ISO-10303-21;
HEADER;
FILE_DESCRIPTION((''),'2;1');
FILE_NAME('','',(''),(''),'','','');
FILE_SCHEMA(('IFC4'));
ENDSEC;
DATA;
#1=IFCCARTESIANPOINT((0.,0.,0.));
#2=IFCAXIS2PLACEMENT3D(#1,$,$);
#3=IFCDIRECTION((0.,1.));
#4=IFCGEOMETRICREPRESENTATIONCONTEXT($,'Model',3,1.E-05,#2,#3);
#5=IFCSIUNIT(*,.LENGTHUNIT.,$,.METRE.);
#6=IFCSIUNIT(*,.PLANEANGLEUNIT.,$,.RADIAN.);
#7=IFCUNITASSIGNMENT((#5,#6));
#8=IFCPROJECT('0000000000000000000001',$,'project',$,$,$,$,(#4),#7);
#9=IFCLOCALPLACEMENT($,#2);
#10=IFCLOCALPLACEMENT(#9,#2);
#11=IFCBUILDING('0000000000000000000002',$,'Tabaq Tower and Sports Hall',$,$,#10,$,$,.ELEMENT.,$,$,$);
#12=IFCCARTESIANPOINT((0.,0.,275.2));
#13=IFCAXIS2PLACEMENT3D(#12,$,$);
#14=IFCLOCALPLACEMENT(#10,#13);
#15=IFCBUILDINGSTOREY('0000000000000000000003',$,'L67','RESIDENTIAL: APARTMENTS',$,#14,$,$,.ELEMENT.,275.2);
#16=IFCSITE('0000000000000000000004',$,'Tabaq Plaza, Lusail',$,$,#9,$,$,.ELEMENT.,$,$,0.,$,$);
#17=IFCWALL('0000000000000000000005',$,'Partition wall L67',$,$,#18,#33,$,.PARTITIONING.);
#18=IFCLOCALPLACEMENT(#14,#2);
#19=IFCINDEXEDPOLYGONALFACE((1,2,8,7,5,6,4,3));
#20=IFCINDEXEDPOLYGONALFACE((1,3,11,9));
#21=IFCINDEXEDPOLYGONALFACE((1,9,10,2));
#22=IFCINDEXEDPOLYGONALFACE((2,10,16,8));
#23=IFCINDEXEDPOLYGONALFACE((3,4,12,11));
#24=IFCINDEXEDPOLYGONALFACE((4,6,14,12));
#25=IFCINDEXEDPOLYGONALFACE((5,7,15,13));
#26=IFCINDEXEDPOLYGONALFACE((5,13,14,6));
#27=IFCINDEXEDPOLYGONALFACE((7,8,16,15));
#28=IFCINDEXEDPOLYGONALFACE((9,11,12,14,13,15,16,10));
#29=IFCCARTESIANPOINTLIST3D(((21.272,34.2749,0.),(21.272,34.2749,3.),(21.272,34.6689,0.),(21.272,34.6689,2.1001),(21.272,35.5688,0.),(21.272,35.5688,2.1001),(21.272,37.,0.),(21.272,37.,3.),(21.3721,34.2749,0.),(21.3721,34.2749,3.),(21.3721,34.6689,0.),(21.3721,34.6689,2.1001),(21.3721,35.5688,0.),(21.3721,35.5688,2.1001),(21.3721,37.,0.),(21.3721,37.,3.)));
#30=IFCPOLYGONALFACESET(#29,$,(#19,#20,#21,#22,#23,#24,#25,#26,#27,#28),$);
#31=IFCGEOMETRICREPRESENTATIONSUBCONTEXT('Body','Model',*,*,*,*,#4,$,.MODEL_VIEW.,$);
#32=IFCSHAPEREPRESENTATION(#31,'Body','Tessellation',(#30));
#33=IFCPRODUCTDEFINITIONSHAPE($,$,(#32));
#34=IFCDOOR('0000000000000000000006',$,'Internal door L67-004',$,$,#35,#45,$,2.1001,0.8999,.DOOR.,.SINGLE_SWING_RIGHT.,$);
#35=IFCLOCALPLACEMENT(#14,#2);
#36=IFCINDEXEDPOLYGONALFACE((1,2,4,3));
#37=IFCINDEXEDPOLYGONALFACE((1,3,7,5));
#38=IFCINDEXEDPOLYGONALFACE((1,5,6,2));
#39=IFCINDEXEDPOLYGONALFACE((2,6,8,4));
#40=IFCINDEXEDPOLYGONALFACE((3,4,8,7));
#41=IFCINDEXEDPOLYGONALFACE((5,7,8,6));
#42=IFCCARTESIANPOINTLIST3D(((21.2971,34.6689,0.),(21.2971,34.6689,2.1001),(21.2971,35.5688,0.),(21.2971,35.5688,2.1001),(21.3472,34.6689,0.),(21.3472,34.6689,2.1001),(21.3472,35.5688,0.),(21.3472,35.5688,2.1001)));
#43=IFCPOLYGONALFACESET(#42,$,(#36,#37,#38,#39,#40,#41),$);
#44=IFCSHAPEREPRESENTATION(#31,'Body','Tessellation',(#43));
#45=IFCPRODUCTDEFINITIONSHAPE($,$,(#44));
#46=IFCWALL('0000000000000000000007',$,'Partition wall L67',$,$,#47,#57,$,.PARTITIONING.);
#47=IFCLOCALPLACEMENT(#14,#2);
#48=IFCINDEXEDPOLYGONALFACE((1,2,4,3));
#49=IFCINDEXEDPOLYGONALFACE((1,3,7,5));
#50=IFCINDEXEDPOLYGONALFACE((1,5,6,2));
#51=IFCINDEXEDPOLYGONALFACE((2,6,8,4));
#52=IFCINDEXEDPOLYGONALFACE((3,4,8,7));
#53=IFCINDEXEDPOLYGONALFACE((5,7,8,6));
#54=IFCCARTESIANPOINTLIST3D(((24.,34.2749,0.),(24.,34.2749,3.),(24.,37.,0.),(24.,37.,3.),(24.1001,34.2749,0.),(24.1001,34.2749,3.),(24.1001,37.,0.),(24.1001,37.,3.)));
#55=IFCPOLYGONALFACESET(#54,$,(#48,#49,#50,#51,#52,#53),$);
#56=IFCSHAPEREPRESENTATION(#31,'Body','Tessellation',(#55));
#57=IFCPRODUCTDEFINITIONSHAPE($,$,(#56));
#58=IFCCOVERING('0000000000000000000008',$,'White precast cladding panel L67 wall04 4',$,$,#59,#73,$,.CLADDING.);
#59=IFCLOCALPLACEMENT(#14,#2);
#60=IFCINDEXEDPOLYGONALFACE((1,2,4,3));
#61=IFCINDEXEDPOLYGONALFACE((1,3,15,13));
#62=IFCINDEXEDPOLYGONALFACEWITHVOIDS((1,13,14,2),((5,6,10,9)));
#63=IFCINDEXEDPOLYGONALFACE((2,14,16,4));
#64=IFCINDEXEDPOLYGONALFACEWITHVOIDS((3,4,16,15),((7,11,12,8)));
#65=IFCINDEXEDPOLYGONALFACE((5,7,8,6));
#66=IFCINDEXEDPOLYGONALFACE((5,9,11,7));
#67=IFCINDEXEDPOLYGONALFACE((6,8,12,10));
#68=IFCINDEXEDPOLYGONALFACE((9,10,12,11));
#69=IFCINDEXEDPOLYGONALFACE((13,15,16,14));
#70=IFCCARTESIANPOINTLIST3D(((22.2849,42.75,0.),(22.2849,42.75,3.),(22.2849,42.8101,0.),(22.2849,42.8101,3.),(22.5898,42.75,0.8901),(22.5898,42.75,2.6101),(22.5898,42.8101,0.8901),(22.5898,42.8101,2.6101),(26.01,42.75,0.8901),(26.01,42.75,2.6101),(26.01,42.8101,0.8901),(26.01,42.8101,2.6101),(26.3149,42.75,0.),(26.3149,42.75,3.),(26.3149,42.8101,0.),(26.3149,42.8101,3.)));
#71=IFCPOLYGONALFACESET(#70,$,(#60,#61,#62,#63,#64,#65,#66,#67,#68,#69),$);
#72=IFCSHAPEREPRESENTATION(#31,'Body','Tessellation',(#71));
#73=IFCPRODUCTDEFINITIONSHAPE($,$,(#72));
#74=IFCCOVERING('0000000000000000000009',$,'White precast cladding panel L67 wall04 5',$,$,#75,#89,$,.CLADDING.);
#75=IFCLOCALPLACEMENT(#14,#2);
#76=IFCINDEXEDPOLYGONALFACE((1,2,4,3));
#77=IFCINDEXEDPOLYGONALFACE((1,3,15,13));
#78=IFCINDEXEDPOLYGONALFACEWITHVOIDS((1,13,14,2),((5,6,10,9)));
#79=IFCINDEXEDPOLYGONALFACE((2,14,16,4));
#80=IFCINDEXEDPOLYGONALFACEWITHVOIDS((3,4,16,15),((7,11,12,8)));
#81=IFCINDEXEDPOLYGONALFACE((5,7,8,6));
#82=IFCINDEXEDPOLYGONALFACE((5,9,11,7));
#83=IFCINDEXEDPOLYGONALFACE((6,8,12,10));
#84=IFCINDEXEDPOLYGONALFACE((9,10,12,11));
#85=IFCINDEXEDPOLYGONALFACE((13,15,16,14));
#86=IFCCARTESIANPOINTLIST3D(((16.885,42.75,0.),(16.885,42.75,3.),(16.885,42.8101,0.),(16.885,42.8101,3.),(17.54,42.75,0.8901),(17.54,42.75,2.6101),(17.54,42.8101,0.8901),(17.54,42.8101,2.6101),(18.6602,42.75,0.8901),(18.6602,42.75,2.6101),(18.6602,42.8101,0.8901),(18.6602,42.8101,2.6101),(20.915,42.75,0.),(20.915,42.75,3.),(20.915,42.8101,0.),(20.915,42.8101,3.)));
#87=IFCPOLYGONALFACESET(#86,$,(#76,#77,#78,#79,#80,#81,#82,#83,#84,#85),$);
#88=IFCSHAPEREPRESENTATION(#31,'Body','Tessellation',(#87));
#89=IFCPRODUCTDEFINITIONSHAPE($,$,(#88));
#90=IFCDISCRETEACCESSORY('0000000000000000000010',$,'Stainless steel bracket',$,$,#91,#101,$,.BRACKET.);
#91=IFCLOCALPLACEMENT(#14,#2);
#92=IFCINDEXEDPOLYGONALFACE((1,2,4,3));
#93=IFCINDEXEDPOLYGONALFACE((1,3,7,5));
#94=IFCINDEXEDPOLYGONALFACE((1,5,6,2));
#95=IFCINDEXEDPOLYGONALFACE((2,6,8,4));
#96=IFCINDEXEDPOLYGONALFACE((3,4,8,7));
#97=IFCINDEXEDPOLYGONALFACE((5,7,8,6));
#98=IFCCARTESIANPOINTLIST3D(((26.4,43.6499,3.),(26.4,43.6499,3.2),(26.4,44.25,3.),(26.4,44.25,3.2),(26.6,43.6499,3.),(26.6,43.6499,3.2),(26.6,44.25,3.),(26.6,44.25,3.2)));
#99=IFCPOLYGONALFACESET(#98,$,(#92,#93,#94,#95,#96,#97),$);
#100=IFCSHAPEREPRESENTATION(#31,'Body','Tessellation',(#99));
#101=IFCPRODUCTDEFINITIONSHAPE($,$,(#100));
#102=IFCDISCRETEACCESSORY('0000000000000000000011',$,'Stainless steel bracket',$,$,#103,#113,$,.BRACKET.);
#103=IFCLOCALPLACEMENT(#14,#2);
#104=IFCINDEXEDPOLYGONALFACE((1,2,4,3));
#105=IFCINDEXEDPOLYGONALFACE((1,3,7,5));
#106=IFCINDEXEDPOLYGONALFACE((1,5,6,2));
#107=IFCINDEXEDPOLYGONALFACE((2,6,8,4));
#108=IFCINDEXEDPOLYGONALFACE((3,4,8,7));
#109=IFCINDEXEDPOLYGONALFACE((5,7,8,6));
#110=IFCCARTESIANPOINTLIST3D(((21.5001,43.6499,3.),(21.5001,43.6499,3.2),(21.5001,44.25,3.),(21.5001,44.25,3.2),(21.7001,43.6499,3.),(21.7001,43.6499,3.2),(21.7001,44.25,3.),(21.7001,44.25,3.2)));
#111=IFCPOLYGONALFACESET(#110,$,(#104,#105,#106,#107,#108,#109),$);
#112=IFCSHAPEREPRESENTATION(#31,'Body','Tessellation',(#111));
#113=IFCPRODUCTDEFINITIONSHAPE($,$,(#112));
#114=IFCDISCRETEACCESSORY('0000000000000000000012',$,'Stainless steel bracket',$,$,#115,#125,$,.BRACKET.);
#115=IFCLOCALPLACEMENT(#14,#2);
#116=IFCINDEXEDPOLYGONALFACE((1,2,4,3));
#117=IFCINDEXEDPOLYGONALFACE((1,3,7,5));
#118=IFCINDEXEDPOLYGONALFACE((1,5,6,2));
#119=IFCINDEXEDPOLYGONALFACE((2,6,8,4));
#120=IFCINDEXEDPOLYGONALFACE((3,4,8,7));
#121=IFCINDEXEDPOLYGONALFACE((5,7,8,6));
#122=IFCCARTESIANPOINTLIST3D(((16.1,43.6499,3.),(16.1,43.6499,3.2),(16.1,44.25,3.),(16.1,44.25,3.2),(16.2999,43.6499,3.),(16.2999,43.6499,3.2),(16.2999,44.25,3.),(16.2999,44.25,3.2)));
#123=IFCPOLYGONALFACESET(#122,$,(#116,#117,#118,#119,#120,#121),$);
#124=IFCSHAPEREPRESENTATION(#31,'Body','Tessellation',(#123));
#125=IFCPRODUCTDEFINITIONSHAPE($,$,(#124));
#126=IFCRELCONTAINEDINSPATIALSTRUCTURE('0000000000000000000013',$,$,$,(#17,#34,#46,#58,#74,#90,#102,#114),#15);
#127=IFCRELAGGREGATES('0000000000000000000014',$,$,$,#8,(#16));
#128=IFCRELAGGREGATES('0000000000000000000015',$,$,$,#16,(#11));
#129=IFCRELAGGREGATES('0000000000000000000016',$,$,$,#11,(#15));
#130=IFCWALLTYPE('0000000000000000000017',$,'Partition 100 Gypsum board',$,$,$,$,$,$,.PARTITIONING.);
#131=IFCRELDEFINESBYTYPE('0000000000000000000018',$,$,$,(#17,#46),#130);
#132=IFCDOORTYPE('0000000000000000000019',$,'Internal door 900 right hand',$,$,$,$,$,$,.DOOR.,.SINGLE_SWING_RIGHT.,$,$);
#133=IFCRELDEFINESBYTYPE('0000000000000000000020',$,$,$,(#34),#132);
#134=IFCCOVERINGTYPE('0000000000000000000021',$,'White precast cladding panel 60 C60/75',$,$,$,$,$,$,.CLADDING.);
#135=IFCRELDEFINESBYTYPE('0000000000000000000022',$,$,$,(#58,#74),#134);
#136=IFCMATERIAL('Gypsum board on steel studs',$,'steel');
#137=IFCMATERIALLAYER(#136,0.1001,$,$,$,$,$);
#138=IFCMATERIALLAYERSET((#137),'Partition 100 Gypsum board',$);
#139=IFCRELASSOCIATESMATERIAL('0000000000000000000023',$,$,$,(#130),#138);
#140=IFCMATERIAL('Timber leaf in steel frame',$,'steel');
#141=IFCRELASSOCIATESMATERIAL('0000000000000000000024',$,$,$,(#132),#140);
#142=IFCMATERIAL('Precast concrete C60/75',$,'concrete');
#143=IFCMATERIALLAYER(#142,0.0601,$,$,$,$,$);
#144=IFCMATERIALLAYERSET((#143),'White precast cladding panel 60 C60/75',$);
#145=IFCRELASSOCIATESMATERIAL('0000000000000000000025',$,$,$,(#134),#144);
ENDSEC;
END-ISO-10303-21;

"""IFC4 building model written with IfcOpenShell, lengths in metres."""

from ifc_helpers import new_model, si_unit, direction, frame, frame_2d, origin, origin_2d, place, context, subcontext, project, spatial, polyline, rectangle, outline, extrude, material, layer, layer_set, type_object, element, fill, save


model = new_model("IFC4")

# Units and contexts
model_context = context("Model", 3, precision=1e-05, world=origin(), true_north=direction((0.0, 1.0)))
body_context = subcontext(model_context, "Body", "Model", "MODEL_VIEW")
ifc_project = project(units=[si_unit("LENGTHUNIT", "METRE"), si_unit("PLANEANGLEUNIT", "RADIAN")], contexts=[model_context])

# Site, building, storey
site_placement = place(None, origin())
site = spatial("IfcSite", under=ifc_project, at=site_placement, Name="Tabaq Plaza, Lusail", CompositionType="ELEMENT", RefElevation=0.0)
building_placement = place(site_placement, origin())
building = spatial("IfcBuilding", under=site, at=building_placement, Name="Tabaq Tower and Sports Hall", CompositionType="ELEMENT")
storey_placement = place(building_placement, frame((0.0, 0.0, 275.2)))
storey = spatial("IfcBuildingStorey", under=building, at=storey_placement, Name="L67", Description="RESIDENTIAL: APARTMENTS", CompositionType="ELEMENT", Elevation=275.2)

# Shared definitions
ifc_material_1 = material(Name="Gypsum board on steel studs", Category="steel")
ifc_layer_1 = layer(ifc_material_1, 0.1001)
ifc_layer_set_1 = layer_set([ifc_layer_1], Name="Partition 100 Gypsum board")
wall_type = type_object("IfcWallType", Name="Partition 100 Gypsum board", PredefinedType="PARTITIONING", material=ifc_layer_set_1)
ifc_material_2 = material(Name="Timber leaf in steel frame", Category="steel")
door_type_1 = type_object("IfcDoorType", Name="Internal door 900 right hand", OperationType="SINGLE_SWING_RIGHT", PredefinedType="DOOR", material=ifc_material_2)

# Wall, opening, door
wall_1_placement = place(storey_placement, frame((21.322, 34.2749, 0.0), z_axis=(0.0, 0.0, 1.0), x_axis=(0.0, 1.0, 0.0)))
wall_1 = element("IfcWall", 1, at=wall_1_placement, inside=storey, type_object=wall_type, Name="Partition wall L67", PredefinedType="PARTITIONING", context=body_context, shape_type="SweptSolid", body=[
    extrude(rectangle(XDim=2.7251, YDim=0.1001, at=frame_2d((1.3625, 0.0))), origin(), (0.0, 0.0, 1.0), 3.0),
])
opening_1_placement = place(wall_1_placement, frame((0.394, 0.0, 0.0)))
opening_1 = element("IfcOpeningElement", 2, at=opening_1_placement, cuts=wall_1, PredefinedType="OPENING", context=body_context, shape_type="SweptSolid", body=[
    extrude(rectangle(XDim=0.8999, YDim=2.1001, at=frame_2d((0.45, 1.05))), frame((0.0, 0.05, 0.0), z_axis=(0.0, -1.0, 0.0), x_axis=(1.0, 0.0, 0.0)), (0.0, 0.0, 1.0), 0.1001),
])
door_1_placement = place(opening_1_placement, origin())
door_1 = element("IfcDoor", 3, at=door_1_placement, inside=storey, type_object=door_type_1, Name="Internal door L67-004", OperationType="SINGLE_SWING_RIGHT", OverallHeight=2.1001, OverallWidth=0.8999, PredefinedType="DOOR", context=body_context, shape_type="SweptSolid", body=[
    extrude(rectangle(XDim=0.8999, YDim=2.1001, at=frame_2d((0.45, 1.05))), frame((0.0, 0.0249, 0.0), z_axis=(0.0, -1.0, 0.0), x_axis=(1.0, 0.0, 0.0)), (0.0, 0.0, 1.0), 0.05),
])
fill(opening_1, door_1)

# Wall
wall_2_placement = place(storey_placement, frame((24.05, 34.2749, 0.0), z_axis=(0.0, 0.0, 1.0), x_axis=(0.0, 1.0, 0.0)))
element("IfcWall", 4, at=wall_2_placement, inside=storey, type_object=wall_type, Name="Partition wall L67", PredefinedType="PARTITIONING", context=body_context, shape_type="SweptSolid", body=[
    extrude(rectangle(XDim=2.7251, YDim=0.1001, at=frame_2d((1.3625, 0.0))), origin(), (0.0, 0.0, 1.0), 3.0),
])

# Coverings
ifc_material_3 = material(Name="Precast concrete C60/75", Category="concrete")
ifc_layer_2 = layer(ifc_material_3, 0.0601)
ifc_layer_set_2 = layer_set([ifc_layer_2], Name="White precast cladding panel 60 C60/75")
covering_type = type_object("IfcCoveringType", Name="White precast cladding panel 60 C60/75", PredefinedType="CLADDING", material=ifc_layer_set_2)
covering_1_placement = place(storey_placement, frame((26.3149, 42.78, 0.0), z_axis=(0.0, 0.0, 1.0), x_axis=(-1.0, 0.0, 0.0)))
element("IfcCovering", 5, at=covering_1_placement, inside=storey, type_object=covering_type, Name="White precast cladding panel L67 wall04 4", PredefinedType="CLADDING", context=body_context, shape_type="SweptSolid", body=[
    extrude(outline(polyline([(0.0, 0.0), (4.03, 0.0), (4.03, 3.0), (0.0, 3.0), (0.0, 0.0)]), holes=[polyline([(0.3049, 0.8901), (0.3049, 2.6101), (3.7251, 2.6101), (3.7251, 0.8901), (0.3049, 0.8901)])]), frame((0.0, 0.03, 0.0), z_axis=(0.0, -1.0, 0.0), x_axis=(1.0, 0.0, 0.0)), (0.0, 0.0, 1.0), 0.0601),
])
covering_2_placement = place(storey_placement, frame((20.915, 42.78, 0.0), z_axis=(0.0, 0.0, 1.0), x_axis=(-1.0, 0.0, 0.0)))
element("IfcCovering", 6, at=covering_2_placement, inside=storey, type_object=covering_type, Name="White precast cladding panel L67 wall04 5", PredefinedType="CLADDING", context=body_context, shape_type="SweptSolid", body=[
    extrude(outline(polyline([(0.0, 0.0), (4.03, 0.0), (4.03, 3.0), (0.0, 3.0), (0.0, 0.0)]), holes=[polyline([(2.2549, 0.8901), (2.2549, 2.6101), (3.375, 2.6101), (3.375, 0.8901), (2.2549, 0.8901)])]), frame((0.0, 0.03, 0.0), z_axis=(0.0, -1.0, 0.0), x_axis=(1.0, 0.0, 0.0)), (0.0, 0.0, 1.0), 0.0601),
])

# Discrete accessories
for number, where, z_axis, x_axis, name in (
    (7, (26.5, 43.95, 3.0), (0.0, 0.0, 1.0), (0.0, 1.0, 0.0), "Stainless steel bracket"),
    (8, (21.6001, 43.95, 3.0), (0.0, 0.0, 1.0), (0.0, 1.0, 0.0), "Stainless steel bracket"),
    (9, (16.2, 43.95, 3.0), (0.0, 0.0, 1.0), (0.0, 1.0, 0.0), "Stainless steel bracket"),
):
    element("IfcDiscreteAccessory", number, at=place(storey_placement, frame(where, z_axis=z_axis, x_axis=x_axis)), inside=storey, Name=name, PredefinedType="BRACKET", context=body_context, shape_type="SweptSolid", body=[
        extrude(rectangle(XDim=0.6001, YDim=0.2, at=origin_2d()), origin(), (0.0, 0.0, 1.0), 0.2),
    ])

save(model, "model.ifc")
